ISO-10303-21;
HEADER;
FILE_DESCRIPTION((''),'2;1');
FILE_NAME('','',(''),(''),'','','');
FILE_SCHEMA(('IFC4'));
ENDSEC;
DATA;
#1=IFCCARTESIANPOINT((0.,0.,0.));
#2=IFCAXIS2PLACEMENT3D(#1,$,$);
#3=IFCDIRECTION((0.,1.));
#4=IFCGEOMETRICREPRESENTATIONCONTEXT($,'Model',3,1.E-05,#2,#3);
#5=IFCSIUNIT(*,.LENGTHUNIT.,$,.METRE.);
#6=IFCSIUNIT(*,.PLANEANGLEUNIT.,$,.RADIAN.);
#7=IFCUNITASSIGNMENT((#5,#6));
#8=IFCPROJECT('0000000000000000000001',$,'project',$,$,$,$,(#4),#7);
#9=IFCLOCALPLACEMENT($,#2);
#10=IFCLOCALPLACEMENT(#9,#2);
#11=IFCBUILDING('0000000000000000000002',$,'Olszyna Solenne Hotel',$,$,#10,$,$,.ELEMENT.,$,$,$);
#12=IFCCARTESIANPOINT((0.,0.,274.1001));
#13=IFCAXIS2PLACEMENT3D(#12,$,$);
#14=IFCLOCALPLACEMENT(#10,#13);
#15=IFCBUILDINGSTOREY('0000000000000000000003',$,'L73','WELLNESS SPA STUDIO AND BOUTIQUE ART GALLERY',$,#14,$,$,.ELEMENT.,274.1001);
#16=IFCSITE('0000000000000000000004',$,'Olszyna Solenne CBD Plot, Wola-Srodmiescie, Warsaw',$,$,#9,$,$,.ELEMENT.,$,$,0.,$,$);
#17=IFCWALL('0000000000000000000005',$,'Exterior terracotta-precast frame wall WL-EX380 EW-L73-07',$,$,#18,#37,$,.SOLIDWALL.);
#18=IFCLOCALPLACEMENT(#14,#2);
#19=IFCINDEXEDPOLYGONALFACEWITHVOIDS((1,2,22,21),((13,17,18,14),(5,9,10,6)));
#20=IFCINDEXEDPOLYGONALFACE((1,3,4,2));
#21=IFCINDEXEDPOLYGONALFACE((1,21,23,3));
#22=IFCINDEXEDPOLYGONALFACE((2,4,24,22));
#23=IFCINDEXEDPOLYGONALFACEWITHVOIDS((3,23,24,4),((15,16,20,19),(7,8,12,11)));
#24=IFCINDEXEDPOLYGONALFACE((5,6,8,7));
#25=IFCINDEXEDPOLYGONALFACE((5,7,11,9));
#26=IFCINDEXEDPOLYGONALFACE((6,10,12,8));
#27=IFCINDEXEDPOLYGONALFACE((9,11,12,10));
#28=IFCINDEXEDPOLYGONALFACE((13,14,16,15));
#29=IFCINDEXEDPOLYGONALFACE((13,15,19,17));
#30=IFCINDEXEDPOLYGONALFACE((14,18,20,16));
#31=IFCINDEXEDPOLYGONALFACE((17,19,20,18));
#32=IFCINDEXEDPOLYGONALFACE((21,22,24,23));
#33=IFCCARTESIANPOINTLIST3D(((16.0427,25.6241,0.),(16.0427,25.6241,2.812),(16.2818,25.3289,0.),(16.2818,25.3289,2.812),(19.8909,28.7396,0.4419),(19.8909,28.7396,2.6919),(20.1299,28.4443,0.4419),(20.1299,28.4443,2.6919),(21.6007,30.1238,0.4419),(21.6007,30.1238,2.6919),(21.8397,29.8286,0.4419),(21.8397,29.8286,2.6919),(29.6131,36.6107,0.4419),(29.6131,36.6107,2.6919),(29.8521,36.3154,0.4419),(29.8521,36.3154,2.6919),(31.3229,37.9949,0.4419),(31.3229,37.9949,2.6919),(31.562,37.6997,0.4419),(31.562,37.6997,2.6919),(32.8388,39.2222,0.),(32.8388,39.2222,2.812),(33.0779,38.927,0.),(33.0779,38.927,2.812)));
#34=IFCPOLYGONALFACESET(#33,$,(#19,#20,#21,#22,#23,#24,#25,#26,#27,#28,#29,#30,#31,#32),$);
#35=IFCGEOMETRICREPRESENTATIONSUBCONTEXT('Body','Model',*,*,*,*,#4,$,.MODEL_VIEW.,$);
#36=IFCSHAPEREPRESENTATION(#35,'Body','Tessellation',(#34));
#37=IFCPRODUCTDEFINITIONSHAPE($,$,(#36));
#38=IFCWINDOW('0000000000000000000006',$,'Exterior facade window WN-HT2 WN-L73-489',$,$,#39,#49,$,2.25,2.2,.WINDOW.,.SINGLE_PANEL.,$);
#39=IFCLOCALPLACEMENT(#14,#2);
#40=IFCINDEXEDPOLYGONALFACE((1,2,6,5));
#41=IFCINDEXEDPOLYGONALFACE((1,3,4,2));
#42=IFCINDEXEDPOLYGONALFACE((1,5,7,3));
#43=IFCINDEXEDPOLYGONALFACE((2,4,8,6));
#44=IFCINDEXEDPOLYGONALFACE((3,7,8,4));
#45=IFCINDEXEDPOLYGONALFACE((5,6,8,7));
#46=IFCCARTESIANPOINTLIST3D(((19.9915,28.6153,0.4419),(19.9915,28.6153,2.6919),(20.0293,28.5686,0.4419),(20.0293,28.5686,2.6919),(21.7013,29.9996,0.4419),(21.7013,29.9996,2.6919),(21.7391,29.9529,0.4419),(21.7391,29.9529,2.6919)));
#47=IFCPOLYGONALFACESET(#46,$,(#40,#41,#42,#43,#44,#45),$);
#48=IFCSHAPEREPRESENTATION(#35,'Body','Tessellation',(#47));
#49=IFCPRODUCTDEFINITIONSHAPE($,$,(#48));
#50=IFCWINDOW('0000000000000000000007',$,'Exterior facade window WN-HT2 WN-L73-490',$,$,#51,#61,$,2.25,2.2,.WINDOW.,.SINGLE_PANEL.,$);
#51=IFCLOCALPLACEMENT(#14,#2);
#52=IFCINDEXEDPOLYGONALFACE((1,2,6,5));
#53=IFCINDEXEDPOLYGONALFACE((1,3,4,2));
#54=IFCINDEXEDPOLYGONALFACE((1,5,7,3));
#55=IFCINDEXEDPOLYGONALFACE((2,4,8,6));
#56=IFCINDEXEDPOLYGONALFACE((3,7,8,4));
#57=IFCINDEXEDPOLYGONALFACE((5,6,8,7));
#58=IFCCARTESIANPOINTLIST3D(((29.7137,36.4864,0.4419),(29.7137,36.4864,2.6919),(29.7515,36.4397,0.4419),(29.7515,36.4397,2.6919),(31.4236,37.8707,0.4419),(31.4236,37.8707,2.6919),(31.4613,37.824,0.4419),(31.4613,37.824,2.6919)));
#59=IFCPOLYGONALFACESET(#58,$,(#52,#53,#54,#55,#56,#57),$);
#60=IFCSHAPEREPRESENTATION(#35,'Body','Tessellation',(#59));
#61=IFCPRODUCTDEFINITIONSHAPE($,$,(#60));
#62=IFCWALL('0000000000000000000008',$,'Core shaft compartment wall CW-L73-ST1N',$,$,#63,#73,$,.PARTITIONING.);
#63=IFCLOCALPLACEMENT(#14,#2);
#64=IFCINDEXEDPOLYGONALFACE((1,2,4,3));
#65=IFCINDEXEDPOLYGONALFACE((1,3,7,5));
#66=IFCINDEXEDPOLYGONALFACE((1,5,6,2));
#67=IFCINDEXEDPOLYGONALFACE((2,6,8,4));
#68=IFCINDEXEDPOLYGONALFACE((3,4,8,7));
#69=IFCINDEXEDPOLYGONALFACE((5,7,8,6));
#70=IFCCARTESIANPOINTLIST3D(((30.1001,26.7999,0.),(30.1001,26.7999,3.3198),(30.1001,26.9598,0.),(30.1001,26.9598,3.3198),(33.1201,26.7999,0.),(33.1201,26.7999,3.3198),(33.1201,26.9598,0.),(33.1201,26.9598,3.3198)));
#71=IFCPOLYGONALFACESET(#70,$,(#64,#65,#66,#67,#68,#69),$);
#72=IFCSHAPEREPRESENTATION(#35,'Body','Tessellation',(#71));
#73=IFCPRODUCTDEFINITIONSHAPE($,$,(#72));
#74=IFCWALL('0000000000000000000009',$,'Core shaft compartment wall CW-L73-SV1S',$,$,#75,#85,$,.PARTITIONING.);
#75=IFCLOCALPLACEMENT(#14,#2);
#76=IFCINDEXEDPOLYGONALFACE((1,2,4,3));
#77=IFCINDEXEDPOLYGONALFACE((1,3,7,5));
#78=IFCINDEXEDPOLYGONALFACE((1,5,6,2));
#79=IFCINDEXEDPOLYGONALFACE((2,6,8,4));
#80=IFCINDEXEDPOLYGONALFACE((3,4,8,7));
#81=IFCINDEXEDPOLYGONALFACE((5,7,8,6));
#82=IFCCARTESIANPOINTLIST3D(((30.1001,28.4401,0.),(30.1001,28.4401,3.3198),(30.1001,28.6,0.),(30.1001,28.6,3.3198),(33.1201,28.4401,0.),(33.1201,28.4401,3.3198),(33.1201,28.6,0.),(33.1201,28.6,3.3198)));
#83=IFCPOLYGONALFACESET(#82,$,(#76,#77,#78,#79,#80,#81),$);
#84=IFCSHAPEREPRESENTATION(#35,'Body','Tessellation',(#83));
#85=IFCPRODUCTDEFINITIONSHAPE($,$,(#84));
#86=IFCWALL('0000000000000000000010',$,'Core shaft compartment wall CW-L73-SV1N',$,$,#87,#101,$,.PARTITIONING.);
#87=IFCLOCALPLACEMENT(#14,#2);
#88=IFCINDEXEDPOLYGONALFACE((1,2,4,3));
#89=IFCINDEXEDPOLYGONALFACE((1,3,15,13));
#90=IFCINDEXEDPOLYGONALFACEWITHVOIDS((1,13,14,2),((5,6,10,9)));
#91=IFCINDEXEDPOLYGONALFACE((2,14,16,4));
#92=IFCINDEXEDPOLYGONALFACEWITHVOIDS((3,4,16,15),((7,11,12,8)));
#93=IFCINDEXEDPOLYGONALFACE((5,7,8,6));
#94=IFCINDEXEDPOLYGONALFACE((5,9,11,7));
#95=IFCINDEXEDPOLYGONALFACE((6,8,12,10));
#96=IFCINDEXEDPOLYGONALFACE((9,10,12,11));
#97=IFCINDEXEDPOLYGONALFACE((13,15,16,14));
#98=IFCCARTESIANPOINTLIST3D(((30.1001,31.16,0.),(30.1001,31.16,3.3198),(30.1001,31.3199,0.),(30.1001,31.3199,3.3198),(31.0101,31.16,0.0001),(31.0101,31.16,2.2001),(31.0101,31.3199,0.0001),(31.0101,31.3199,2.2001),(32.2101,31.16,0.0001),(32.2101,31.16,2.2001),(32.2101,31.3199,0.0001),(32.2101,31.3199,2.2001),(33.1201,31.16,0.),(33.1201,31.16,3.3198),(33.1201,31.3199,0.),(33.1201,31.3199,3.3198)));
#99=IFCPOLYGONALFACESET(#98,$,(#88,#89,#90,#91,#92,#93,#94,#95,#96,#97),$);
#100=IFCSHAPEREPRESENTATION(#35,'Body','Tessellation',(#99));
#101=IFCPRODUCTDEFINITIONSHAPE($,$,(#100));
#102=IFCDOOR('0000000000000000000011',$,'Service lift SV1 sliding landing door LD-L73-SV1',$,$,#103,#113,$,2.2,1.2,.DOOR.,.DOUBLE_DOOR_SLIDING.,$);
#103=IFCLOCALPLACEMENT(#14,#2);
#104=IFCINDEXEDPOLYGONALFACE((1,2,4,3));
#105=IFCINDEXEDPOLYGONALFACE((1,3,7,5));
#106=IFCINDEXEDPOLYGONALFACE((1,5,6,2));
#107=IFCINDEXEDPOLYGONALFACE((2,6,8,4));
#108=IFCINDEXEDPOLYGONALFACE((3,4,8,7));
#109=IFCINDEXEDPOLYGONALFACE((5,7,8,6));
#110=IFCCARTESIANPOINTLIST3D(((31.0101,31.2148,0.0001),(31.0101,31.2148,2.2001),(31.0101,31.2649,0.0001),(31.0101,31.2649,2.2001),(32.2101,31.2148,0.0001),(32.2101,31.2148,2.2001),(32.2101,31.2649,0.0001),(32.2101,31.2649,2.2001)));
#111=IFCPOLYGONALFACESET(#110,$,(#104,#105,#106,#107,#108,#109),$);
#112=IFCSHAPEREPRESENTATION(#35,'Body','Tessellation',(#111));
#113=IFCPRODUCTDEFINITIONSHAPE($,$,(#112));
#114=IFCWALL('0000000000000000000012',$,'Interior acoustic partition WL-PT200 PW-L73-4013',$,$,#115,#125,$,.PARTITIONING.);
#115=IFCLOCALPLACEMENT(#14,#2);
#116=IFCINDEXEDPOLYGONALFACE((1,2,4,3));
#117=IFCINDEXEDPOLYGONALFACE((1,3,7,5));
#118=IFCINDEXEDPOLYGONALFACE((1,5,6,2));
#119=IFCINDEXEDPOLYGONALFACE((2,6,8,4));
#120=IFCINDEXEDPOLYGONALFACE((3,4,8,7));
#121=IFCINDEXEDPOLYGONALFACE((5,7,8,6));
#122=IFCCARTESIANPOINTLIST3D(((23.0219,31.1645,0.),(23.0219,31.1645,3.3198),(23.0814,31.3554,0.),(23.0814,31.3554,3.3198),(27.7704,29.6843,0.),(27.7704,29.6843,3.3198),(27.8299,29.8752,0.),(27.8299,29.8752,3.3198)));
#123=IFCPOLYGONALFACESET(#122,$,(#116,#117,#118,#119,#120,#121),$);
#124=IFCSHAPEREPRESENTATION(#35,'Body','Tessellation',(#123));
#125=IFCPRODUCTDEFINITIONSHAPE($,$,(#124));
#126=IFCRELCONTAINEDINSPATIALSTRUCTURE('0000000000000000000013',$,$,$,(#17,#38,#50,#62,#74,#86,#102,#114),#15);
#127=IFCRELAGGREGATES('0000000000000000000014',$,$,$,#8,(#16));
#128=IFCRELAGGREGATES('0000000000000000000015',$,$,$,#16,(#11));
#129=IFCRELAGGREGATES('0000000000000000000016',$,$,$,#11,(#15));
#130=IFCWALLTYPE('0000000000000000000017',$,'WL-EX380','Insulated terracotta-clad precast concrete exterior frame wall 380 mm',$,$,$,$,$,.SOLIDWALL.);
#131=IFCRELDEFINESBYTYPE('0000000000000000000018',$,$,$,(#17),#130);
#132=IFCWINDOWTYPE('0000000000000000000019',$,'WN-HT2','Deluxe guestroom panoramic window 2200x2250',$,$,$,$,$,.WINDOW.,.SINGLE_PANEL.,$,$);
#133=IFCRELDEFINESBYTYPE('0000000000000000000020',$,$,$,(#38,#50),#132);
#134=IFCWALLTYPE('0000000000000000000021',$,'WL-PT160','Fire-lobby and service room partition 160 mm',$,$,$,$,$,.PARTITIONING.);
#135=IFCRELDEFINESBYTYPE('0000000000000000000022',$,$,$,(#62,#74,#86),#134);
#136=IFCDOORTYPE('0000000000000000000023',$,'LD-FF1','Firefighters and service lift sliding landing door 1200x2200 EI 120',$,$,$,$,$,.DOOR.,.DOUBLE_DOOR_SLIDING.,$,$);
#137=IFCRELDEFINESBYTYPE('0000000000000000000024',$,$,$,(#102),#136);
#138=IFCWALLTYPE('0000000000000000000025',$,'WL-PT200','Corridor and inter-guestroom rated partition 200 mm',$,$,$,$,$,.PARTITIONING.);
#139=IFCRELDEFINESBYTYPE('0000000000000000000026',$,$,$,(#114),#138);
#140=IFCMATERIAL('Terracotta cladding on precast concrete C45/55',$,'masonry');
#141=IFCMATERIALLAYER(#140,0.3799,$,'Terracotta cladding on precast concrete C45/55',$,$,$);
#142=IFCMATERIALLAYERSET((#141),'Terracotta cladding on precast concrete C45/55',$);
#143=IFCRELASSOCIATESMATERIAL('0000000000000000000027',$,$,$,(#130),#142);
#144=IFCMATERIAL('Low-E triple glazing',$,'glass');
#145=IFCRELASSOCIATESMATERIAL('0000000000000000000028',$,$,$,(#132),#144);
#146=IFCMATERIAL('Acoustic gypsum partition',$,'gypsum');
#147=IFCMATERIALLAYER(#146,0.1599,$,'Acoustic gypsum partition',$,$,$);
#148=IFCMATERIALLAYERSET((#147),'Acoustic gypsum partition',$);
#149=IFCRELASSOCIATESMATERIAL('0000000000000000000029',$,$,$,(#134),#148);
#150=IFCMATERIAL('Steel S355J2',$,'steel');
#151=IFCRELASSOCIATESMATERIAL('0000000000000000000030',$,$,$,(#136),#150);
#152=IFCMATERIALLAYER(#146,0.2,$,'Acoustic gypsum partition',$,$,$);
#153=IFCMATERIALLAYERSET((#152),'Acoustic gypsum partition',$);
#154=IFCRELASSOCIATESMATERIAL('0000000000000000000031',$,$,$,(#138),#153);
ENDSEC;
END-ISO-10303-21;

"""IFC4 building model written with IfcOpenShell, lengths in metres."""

from ifc_helpers import new_model, si_unit, direction, frame, frame_2d, origin, place, context, subcontext, project, spatial, rectangle, extrude, source, transform, mapped, material, layer, layer_set, type_object, type_shapes, element, fill, save


model = new_model("IFC4")

# Units and contexts
model_context = context("Model", 3, precision=1e-05, world=origin(), true_north=direction((0.0, 1.0)))
body_context = subcontext(model_context, "Body", "Model", "MODEL_VIEW")
ifc_project = project(units=[si_unit("LENGTHUNIT", "METRE"), si_unit("PLANEANGLEUNIT", "RADIAN")], contexts=[model_context])

# Site, building, storey
site_placement = place(None, origin())
site = spatial("IfcSite", under=ifc_project, at=site_placement, Name="Olszyna Solenne CBD Plot, Wola-Srodmiescie, Warsaw", CompositionType="ELEMENT", RefElevation=0.0)
building_placement = place(site_placement, origin())
building = spatial("IfcBuilding", under=site, at=building_placement, Name="Olszyna Solenne Hotel", CompositionType="ELEMENT")
storey_placement = place(building_placement, frame((0.0, 0.0, 274.1001)))
storey = spatial("IfcBuildingStorey", under=building, at=storey_placement, Name="L73", Description="WELLNESS SPA STUDIO AND BOUTIQUE ART GALLERY", CompositionType="ELEMENT", Elevation=274.1001)

# Shared definitions
ifc_material_1 = material(Name="Steel S355J2", Category="steel")

# Shared definitions
ifc_material_2 = material(Name="Terracotta cladding on precast concrete C45/55", Category="masonry")
ifc_layer_1 = layer(ifc_material_2, 0.3799, Name="Terracotta cladding on precast concrete C45/55")
ifc_layer_set_1 = layer_set([ifc_layer_1], Name="Terracotta cladding on precast concrete C45/55")
wall_type_1 = type_object("IfcWallType", Name="WL-EX380", Description="Insulated terracotta-clad precast concrete exterior frame wall 380 mm", PredefinedType="SOLIDWALL", material=ifc_layer_set_1)

# Wall, openings, windows
wall_1_placement = place(storey_placement, frame((16.1624, 25.4766, 0.0), z_axis=(0.0, 0.0, 1.0), x_axis=(0.777216, 0.629234, 0.0)))
wall_1 = element("IfcWall", 1, at=wall_1_placement, inside=storey, type_object=wall_type_1, Name="Exterior terracotta-precast frame wall WL-EX380 EW-L73-07", PredefinedType="SOLIDWALL", context=body_context, shape_type="SweptSolid", body=[
    extrude(rectangle(XDim=21.6106, YDim=0.3799, at=frame_2d((10.8052, 0.0))), origin(), (0.0, 0.0, 1.0), 2.812),
])
opening_1_placement = place(wall_1_placement, frame((4.9509, 0.0, 0.4419)))
opening_1 = element("IfcOpeningElement", 2, at=opening_1_placement, cuts=wall_1, PredefinedType="OPENING", context=body_context, shape_type="SweptSolid", body=[
    extrude(rectangle(XDim=2.2, YDim=2.25, at=frame_2d((1.1001, 1.125))), frame((0.0, 0.2, 0.0), z_axis=(0.0, -1.0, 0.0), x_axis=(1.0, 0.0, 0.0)), (0.0, 0.0, 1.0), 0.3999),
])
opening_2_placement = place(wall_1_placement, frame((17.46, 0.0, 0.4419)))
opening_2 = element("IfcOpeningElement", 3, at=opening_2_placement, cuts=wall_1, PredefinedType="OPENING", context=body_context, shape_type="SweptSolid", body=[
    extrude(rectangle(XDim=2.2, YDim=2.25, at=frame_2d((1.1001, 1.125))), frame((0.0, 0.2, 0.0), z_axis=(0.0, -1.0, 0.0), x_axis=(1.0, 0.0, 0.0)), (0.0, 0.0, 1.0), 0.3999),
])
ifc_material_3 = material(Name="Low-E triple glazing", Category="glass")
window_type = type_object("IfcWindowType", Name="WN-HT2", Description="Deluxe guestroom panoramic window 2200x2250", PartitioningType="SINGLE_PANEL", PredefinedType="WINDOW", material=ifc_material_3)
shared_shape_1 = source(origin(), body_context, "Body", "SweptSolid", [
    extrude(rectangle(XDim=2.2, YDim=2.25, at=frame_2d((1.1001, 1.125))), frame((0.0, 0.03, 0.0), z_axis=(0.0, -1.0, 0.0), x_axis=(1.0, 0.0, 0.0)), (0.0, 0.0, 1.0), 0.0601),
])
type_shapes(window_type, [shared_shape_1])
window_1_placement = place(opening_1_placement, origin())
window_1 = element("IfcWindow", 4, at=window_1_placement, inside=storey, type_object=window_type, Name="Exterior facade window WN-HT2 WN-L73-489", OverallHeight=2.25, OverallWidth=2.2, PartitioningType="SINGLE_PANEL", PredefinedType="WINDOW", context=body_context, shape_type="MappedRepresentation", body=[
    mapped(shared_shape_1, transform((0.0, 0.0, 0.0), x_axis=(1.0, 0.0, 0.0), y_axis=(0.0, 1.0, 0.0), z_axis=(0.0, 0.0, 1.0), scale=1.0)),
])
fill(opening_1, window_1)
window_2_placement = place(opening_2_placement, origin())
window_2 = element("IfcWindow", 5, at=window_2_placement, inside=storey, type_object=window_type, Name="Exterior facade window WN-HT2 WN-L73-490", OverallHeight=2.25, OverallWidth=2.2, PartitioningType="SINGLE_PANEL", PredefinedType="WINDOW", context=body_context, shape_type="MappedRepresentation", body=[
    mapped(shared_shape_1, transform((0.0, 0.0, 0.0), x_axis=(1.0, 0.0, 0.0), y_axis=(0.0, 1.0, 0.0), z_axis=(0.0, 0.0, 1.0), scale=1.0)),
])
fill(opening_2, window_2)

# Walls
ifc_material_4 = material(Name="Acoustic gypsum partition", Category="gypsum")
ifc_layer_2 = layer(ifc_material_4, 0.1599, Name="Acoustic gypsum partition")
ifc_layer_set_2 = layer_set([ifc_layer_2], Name="Acoustic gypsum partition")
wall_type_2 = type_object("IfcWallType", Name="WL-PT160", Description="Fire-lobby and service room partition 160 mm", PredefinedType="PARTITIONING", material=ifc_layer_set_2)
for number, where, z_axis, x_axis, name in (
    (6, (30.1001, 26.8799, 0.0), (0.0, 0.0, 1.0), (1.0, 0.0, 0.0), "Core shaft compartment wall CW-L73-ST1N"),
    (7, (30.1001, 28.52, 0.0), (0.0, 0.0, 1.0), (1.0, 0.0, 0.0), "Core shaft compartment wall CW-L73-SV1S"),
):
    element("IfcWall", number, at=place(storey_placement, frame(where, z_axis=z_axis, x_axis=x_axis)), inside=storey, type_object=wall_type_2, Name=name, PredefinedType="PARTITIONING", context=body_context, shape_type="SweptSolid", body=[
        extrude(rectangle(XDim=3.02, YDim=0.1599, at=frame_2d((1.51, 0.0))), origin(), (0.0, 0.0, 1.0), 3.3198),
    ])

# Wall, opening, door
wall_2_placement = place(storey_placement, frame((30.1001, 31.24, 0.0), z_axis=(0.0, 0.0, 1.0), x_axis=(1.0, 0.0, 0.0)))
wall_2 = element("IfcWall", 8, at=wall_2_placement, inside=storey, type_object=wall_type_2, Name="Core shaft compartment wall CW-L73-SV1N", PredefinedType="PARTITIONING", context=body_context, shape_type="SweptSolid", body=[
    extrude(rectangle(XDim=3.02, YDim=0.1599, at=frame_2d((1.51, 0.0))), origin(), (0.0, 0.0, 1.0), 3.3198),
])
opening_3_placement = place(wall_2_placement, frame((0.9099, 0.0, 0.0)))
opening_3 = element("IfcOpeningElement", 9, at=opening_3_placement, cuts=wall_2, PredefinedType="OPENING", context=body_context, shape_type="SweptSolid", body=[
    extrude(rectangle(XDim=1.2, YDim=2.2, at=frame_2d((0.6001, 1.1001))), frame((0.0, 0.0898, 0.0), z_axis=(0.0, -1.0, 0.0), x_axis=(1.0, 0.0, 0.0)), (0.0, 0.0, 1.0), 0.1799),
])
door_type_1 = type_object("IfcDoorType", Name="LD-FF1", Description="Firefighters and service lift sliding landing door 1200x2200 EI 120", OperationType="DOUBLE_DOOR_SLIDING", PredefinedType="DOOR", material=ifc_material_1)
shared_shape_2 = source(origin(), body_context, "Body", "SweptSolid", [
    extrude(rectangle(XDim=1.2, YDim=2.2, at=frame_2d((0.6001, 1.1001))), frame((0.0, 0.0249, 0.0), z_axis=(0.0, -1.0, 0.0), x_axis=(1.0, 0.0, 0.0)), (0.0, 0.0, 1.0), 0.05),
])
type_shapes(door_type_1, [shared_shape_2])
door_1_placement = place(opening_3_placement, origin())
door_1 = element("IfcDoor", 10, at=door_1_placement, inside=storey, type_object=door_type_1, Name="Service lift SV1 sliding landing door LD-L73-SV1", OperationType="DOUBLE_DOOR_SLIDING", OverallHeight=2.2, OverallWidth=1.2, PredefinedType="DOOR", context=body_context, shape_type="MappedRepresentation", body=[
    mapped(shared_shape_2, transform((0.0, 0.0, 0.0), x_axis=(1.0, 0.0, 0.0), y_axis=(0.0, 1.0, 0.0), z_axis=(0.0, 0.0, 1.0), scale=1.0)),
])
fill(opening_3, door_1)

# Wall
ifc_layer_3 = layer(ifc_material_4, 0.2, Name="Acoustic gypsum partition")
ifc_layer_set_3 = layer_set([ifc_layer_3], Name="Acoustic gypsum partition")
wall_type_3 = type_object("IfcWallType", Name="WL-PT200", Description="Corridor and inter-guestroom rated partition 200 mm", PredefinedType="PARTITIONING", material=ifc_layer_set_3)
wall_3_placement = place(storey_placement, frame((27.8, 29.7798, 0.0), z_axis=(0.0, 0.0, 1.0), x_axis=(-0.954691, 0.297599, 0.0)))
element("IfcWall", 11, at=wall_3_placement, inside=storey, type_object=wall_type_3, Name="Interior acoustic partition WL-PT200 PW-L73-4013", PredefinedType="PARTITIONING", context=body_context, shape_type="SweptSolid", body=[
    extrude(rectangle(XDim=4.9739, YDim=0.2, at=frame_2d((2.4868, 0.0))), origin(), (0.0, 0.0, 1.0), 3.3198),
])

save(model, "model.ifc")
